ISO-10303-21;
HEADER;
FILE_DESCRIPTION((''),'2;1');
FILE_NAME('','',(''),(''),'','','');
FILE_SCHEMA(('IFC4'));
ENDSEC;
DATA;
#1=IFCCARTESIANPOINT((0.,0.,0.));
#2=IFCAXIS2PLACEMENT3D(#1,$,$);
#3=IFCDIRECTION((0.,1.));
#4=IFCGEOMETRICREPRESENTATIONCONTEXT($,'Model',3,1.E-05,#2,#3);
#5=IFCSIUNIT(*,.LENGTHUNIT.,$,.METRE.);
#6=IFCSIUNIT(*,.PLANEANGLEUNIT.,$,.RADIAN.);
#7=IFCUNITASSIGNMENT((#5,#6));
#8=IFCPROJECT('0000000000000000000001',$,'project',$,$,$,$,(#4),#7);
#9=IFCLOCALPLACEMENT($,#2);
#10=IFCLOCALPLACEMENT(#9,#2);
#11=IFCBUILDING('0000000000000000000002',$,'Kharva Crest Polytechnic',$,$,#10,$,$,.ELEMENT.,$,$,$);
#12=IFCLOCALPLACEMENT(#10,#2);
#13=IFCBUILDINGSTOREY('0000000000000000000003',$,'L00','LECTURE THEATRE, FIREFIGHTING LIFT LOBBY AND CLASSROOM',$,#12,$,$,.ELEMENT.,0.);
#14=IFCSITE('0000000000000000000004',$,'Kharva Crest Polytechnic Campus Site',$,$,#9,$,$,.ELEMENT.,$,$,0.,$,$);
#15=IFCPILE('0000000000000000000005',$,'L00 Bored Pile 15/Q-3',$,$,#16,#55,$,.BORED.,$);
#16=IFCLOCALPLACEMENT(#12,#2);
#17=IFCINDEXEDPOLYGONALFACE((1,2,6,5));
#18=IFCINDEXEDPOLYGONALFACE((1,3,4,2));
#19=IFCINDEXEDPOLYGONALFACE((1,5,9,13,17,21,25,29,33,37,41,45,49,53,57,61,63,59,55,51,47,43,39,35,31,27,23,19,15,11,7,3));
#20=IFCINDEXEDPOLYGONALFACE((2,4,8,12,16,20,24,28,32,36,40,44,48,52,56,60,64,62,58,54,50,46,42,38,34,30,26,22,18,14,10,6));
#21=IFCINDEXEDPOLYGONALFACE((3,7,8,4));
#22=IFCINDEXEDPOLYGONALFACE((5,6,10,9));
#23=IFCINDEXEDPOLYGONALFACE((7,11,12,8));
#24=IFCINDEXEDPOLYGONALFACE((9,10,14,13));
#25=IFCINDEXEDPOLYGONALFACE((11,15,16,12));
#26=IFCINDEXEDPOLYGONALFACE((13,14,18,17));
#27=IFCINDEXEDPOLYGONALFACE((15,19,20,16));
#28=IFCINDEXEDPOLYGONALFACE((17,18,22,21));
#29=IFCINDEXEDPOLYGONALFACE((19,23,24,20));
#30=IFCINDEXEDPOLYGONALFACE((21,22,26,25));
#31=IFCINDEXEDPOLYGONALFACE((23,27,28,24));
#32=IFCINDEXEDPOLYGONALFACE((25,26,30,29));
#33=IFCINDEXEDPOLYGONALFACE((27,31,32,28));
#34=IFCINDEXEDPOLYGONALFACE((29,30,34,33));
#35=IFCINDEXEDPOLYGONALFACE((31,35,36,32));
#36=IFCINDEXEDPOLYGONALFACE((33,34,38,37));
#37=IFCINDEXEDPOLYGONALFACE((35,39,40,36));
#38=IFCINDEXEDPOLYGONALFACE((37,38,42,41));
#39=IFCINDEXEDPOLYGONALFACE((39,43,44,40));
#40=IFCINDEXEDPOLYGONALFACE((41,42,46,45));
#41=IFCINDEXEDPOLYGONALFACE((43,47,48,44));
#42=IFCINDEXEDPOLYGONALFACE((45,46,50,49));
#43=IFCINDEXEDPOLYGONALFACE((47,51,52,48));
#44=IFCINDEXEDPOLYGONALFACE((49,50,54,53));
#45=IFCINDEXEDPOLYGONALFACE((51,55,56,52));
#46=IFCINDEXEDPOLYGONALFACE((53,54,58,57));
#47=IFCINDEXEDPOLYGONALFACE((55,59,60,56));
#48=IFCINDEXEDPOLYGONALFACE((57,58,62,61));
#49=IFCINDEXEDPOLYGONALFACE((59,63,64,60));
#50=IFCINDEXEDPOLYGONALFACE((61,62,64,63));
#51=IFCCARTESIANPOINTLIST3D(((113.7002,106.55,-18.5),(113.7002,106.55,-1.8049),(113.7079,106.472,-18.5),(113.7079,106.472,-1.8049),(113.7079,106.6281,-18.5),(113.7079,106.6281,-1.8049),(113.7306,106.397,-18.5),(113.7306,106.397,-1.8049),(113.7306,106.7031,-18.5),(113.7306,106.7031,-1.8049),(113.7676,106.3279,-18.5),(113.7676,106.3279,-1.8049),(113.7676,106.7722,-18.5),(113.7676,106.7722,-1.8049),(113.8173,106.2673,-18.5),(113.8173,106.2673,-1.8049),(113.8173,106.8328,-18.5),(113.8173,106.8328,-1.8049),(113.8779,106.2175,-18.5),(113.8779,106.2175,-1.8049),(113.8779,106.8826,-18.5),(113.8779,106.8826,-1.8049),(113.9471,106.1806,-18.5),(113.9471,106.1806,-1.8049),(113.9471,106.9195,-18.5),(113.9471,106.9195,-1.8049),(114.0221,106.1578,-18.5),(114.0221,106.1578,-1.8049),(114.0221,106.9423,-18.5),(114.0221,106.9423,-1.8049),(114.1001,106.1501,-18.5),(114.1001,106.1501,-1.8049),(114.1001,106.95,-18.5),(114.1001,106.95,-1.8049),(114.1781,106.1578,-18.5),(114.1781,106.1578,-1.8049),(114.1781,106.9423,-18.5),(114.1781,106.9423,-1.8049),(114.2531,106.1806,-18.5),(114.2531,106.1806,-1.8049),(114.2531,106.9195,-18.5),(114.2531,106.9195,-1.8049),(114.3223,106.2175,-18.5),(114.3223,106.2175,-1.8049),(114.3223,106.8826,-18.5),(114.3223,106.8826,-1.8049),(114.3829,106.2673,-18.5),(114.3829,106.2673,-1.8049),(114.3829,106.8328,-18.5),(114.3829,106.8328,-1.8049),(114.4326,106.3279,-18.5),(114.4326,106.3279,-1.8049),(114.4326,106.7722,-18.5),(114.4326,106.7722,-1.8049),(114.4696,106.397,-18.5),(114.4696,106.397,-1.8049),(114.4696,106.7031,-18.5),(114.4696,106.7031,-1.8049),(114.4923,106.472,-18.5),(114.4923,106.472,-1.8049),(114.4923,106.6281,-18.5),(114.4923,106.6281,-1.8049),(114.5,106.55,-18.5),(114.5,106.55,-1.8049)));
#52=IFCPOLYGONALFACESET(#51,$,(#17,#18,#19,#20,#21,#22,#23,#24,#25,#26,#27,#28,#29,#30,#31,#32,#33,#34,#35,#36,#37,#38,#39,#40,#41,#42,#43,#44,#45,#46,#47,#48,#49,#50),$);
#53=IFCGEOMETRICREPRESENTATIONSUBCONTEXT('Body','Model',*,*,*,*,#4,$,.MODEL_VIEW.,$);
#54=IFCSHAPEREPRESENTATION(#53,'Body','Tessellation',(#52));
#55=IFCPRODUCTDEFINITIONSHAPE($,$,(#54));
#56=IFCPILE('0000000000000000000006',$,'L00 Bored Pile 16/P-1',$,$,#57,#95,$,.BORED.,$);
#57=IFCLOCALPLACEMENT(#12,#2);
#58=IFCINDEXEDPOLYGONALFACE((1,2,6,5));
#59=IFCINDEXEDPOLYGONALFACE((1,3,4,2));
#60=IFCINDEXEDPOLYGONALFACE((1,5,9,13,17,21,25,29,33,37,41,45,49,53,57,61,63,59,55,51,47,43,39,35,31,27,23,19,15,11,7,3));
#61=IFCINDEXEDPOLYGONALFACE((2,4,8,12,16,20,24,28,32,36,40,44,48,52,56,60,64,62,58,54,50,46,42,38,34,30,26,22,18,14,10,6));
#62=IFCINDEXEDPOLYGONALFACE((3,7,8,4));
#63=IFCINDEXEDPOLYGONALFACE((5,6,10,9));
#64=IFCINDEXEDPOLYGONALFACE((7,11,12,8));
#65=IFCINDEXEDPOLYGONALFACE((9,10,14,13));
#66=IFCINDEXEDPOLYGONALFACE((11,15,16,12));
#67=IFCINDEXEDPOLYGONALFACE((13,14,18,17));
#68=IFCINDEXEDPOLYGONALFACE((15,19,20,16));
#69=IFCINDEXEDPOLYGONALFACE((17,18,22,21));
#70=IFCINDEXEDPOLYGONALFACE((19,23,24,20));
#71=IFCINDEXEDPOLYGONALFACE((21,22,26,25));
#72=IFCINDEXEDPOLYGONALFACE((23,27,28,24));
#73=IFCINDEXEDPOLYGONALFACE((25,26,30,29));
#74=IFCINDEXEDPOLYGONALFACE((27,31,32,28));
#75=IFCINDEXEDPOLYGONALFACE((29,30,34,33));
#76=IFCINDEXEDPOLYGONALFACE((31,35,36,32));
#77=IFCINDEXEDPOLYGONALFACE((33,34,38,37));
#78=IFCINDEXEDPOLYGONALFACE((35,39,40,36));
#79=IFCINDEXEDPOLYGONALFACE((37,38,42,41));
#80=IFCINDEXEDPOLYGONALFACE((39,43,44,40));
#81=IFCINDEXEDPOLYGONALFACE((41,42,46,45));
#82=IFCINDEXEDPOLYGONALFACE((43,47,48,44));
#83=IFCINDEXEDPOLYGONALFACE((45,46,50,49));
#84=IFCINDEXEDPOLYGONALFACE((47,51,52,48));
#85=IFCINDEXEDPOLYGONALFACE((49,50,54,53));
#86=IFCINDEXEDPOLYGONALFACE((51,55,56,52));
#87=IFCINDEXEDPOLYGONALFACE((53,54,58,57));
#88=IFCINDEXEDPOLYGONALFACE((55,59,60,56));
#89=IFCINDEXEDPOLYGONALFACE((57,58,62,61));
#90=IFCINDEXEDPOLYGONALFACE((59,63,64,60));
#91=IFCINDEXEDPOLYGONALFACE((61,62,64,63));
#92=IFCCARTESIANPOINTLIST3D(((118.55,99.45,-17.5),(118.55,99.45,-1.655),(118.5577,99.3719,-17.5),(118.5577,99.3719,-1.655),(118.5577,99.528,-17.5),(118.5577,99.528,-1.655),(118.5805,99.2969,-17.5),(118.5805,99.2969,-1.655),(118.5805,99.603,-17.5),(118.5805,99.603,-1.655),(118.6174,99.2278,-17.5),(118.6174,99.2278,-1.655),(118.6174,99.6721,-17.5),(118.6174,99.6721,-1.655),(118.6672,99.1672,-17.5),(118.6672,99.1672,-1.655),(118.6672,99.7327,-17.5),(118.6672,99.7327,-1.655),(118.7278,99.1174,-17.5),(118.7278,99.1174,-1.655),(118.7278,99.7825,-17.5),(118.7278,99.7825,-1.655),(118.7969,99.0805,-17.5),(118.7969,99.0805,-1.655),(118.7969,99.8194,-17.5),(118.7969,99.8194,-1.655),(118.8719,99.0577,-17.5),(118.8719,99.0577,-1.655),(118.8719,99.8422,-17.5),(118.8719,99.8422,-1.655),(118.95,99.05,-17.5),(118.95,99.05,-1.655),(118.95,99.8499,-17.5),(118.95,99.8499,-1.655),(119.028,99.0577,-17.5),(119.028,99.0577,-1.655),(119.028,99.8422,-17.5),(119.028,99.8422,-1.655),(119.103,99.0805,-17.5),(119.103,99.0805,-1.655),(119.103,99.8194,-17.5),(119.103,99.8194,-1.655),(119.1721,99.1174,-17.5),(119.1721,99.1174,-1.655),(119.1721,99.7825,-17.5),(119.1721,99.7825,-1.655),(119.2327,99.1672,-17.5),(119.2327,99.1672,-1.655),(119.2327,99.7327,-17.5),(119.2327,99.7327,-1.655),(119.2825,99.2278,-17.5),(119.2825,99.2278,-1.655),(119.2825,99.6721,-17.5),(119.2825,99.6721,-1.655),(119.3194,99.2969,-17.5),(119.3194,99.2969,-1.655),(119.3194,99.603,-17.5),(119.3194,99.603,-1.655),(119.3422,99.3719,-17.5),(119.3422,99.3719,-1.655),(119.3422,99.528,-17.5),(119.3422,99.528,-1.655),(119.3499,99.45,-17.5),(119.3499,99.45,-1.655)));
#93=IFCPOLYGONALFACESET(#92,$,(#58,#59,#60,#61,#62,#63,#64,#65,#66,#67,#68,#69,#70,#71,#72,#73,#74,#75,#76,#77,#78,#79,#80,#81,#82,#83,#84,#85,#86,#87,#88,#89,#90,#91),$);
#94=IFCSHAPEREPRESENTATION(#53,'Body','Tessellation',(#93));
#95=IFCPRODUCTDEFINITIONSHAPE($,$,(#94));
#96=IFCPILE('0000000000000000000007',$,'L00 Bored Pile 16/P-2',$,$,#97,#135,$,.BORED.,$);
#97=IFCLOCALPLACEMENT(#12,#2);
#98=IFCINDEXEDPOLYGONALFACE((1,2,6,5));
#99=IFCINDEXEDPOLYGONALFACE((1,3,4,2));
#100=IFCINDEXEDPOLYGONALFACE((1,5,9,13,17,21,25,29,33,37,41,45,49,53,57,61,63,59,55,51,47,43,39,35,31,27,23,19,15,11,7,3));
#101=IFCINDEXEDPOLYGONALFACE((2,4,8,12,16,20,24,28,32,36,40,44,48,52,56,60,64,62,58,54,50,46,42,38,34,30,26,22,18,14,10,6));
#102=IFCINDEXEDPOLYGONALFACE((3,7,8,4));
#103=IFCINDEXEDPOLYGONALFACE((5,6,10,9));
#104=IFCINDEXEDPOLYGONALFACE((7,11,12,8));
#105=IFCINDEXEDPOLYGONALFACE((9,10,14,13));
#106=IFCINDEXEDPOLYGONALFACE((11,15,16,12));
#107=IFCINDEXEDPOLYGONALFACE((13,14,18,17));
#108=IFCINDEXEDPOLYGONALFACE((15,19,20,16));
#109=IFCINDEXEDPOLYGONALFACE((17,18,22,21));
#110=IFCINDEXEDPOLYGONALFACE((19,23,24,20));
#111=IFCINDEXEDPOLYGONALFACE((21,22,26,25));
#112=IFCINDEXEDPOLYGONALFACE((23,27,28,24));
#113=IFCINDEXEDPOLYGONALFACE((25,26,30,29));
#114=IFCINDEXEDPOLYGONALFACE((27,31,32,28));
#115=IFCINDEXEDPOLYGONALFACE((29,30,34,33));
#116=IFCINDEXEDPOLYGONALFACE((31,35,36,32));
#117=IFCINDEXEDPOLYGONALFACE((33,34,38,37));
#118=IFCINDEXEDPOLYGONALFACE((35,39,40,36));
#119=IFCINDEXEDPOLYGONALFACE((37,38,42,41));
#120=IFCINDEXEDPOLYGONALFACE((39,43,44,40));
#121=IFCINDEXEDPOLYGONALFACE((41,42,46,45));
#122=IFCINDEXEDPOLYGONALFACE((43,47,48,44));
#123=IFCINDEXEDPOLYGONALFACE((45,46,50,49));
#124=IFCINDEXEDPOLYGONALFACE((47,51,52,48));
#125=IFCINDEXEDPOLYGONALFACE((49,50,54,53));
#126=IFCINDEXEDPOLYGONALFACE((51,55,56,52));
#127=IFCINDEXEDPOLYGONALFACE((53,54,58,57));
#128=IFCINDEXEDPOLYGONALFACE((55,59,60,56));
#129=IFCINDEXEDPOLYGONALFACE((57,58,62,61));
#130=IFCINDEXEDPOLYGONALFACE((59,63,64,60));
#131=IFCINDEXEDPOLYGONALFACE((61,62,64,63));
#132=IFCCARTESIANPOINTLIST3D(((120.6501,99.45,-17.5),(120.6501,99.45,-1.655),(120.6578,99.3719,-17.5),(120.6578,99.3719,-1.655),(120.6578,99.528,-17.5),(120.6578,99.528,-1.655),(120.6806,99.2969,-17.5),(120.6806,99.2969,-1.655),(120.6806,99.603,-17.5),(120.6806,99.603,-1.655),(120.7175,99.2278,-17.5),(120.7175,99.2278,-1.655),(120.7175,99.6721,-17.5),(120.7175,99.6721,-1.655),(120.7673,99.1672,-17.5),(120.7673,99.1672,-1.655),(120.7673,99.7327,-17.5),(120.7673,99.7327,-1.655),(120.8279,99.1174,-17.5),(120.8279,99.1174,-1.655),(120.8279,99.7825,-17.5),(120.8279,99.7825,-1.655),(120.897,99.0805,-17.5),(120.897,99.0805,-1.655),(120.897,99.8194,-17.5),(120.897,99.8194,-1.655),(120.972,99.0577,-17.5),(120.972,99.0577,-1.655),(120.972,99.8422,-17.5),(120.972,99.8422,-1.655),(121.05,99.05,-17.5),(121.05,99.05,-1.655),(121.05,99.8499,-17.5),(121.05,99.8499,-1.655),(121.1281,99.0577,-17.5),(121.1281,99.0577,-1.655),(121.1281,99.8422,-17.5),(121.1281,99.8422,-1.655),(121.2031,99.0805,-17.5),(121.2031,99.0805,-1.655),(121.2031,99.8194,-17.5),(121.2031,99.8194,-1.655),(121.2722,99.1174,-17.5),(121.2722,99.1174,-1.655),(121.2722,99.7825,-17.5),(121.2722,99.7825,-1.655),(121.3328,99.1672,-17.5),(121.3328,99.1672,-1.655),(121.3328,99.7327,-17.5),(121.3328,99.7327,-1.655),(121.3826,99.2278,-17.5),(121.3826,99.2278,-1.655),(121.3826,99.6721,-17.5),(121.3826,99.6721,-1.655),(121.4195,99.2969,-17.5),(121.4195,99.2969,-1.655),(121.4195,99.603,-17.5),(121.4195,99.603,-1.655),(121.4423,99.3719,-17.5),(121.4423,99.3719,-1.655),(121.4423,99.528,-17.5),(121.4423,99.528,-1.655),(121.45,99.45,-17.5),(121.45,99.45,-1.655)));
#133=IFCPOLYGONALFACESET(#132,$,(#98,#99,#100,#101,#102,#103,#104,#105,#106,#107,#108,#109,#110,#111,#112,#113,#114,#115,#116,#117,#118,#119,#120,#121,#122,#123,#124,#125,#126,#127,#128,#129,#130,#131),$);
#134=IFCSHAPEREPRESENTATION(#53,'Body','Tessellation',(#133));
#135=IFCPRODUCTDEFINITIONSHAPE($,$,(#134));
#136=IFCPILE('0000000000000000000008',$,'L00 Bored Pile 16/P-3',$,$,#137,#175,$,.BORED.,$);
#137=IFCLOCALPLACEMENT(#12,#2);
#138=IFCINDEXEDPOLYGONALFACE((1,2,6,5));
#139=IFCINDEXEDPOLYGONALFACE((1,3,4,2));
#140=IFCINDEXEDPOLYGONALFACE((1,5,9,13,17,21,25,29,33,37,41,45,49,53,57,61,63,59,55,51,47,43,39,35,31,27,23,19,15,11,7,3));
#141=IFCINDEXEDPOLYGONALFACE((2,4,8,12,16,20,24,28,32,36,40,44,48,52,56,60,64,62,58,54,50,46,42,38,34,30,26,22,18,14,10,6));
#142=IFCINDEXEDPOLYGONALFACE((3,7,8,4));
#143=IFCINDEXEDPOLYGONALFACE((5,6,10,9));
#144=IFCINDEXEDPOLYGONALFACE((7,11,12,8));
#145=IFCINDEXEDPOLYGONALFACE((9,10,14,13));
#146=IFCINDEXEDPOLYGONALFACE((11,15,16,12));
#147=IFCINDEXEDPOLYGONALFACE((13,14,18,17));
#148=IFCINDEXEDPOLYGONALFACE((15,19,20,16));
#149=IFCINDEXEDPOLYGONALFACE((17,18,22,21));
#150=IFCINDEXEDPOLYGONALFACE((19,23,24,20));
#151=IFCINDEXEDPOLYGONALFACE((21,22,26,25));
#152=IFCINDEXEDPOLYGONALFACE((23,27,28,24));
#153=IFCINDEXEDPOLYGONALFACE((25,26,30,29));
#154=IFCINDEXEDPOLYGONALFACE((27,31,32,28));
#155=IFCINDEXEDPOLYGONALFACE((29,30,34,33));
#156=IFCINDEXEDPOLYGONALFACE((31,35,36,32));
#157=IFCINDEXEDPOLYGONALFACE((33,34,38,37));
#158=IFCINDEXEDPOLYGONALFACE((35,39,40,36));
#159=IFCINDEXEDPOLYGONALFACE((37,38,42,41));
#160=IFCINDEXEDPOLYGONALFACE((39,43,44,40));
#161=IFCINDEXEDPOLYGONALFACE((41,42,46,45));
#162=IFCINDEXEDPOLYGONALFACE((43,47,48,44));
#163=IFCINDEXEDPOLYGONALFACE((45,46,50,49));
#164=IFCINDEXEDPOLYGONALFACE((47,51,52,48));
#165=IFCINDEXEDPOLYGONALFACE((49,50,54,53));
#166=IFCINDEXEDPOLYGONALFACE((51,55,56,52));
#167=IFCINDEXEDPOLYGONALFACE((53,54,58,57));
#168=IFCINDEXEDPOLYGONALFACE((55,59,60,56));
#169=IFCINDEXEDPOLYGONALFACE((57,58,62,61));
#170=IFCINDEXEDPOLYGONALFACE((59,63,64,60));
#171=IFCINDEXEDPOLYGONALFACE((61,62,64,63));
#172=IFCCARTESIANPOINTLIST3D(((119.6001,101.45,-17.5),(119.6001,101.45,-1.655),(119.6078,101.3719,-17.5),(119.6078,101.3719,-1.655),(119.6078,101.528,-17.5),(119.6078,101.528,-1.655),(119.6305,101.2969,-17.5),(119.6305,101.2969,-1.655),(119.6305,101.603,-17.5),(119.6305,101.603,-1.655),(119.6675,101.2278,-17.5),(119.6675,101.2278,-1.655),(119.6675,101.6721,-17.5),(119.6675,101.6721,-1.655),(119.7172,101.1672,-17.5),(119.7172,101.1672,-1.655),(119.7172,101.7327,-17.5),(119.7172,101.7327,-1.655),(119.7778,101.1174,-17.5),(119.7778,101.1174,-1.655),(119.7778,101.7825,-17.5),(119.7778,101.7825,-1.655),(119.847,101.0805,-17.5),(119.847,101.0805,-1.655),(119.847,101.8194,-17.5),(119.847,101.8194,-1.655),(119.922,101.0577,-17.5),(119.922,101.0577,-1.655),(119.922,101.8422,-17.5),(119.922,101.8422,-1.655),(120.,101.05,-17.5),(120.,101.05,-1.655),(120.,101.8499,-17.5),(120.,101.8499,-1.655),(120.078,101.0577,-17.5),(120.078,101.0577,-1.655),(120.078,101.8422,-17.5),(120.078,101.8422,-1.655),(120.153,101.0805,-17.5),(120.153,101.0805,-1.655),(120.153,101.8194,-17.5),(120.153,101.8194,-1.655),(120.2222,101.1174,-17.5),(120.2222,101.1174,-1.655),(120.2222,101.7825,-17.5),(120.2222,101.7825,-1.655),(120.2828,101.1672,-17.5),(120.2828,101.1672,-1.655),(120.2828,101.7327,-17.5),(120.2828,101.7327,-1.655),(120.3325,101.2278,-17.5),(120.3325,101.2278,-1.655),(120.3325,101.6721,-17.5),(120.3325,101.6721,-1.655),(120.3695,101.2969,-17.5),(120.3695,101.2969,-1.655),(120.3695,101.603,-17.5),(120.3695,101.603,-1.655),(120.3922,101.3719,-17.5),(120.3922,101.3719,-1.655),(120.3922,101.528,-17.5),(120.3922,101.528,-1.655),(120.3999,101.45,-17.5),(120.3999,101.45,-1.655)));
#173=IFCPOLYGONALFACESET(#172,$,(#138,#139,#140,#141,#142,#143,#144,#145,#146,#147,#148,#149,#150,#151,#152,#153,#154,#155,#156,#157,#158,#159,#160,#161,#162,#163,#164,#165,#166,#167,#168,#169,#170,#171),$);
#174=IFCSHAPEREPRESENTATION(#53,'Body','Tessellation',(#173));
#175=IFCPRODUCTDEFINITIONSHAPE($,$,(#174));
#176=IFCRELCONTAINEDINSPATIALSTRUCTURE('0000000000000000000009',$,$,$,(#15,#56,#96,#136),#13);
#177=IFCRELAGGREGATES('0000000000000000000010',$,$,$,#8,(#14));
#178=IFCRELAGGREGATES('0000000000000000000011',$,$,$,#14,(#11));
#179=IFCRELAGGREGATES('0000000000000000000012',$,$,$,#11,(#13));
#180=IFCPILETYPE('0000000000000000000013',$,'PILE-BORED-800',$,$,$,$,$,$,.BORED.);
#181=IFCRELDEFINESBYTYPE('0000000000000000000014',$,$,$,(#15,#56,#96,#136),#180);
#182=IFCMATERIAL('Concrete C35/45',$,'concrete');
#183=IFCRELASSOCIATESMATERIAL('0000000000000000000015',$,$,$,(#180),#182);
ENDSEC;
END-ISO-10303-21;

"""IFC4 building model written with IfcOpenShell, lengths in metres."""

from ifc_helpers import new_model, si_unit, direction, frame, origin, origin_2d, place, context, subcontext, project, spatial, circle, extrude, material, material_profile, profile_set, type_object, element, save


model = new_model("IFC4")

# Units and contexts
model_context = context("Model", 3, precision=1e-05, world=origin(), true_north=direction((0.0, 1.0)))
body_context = subcontext(model_context, "Body", "Model", "MODEL_VIEW")
ifc_project = project(units=[si_unit("LENGTHUNIT", "METRE"), si_unit("PLANEANGLEUNIT", "RADIAN")], contexts=[model_context])

# Site, building, storey
site_placement = place(None, origin())
site = spatial("IfcSite", under=ifc_project, at=site_placement, Name="Kharva Crest Polytechnic Campus Site", CompositionType="ELEMENT", RefElevation=0.0)
building_placement = place(site_placement, origin())
building = spatial("IfcBuilding", under=site, at=building_placement, Name="Kharva Crest Polytechnic", CompositionType="ELEMENT")
storey_placement = place(building_placement, origin())
storey = spatial("IfcBuildingStorey", under=building, at=storey_placement, Name="L00", Description="LECTURE THEATRE, FIREFIGHTING LIFT LOBBY AND CLASSROOM", CompositionType="ELEMENT", Elevation=0.0)

# Shared definitions
ifc_material_1 = material(Name="Concrete C35/45", Category="concrete")

# Piles
ifc_material_profile_1 = material_profile(ifc_material_1, circle(Radius=0.3999, at=origin_2d()), Name="DIA 800")
ifc_profile_set_1 = profile_set([ifc_material_profile_1], Name="Concrete C35/45")
pile_type = type_object("IfcPileType", Name="PILE-BORED-800", PredefinedType="BORED", material=ifc_profile_set_1)
for number, where, z_axis, x_axis, name in (
    (1, (114.1001, 106.55, -1.8049), (0.0, 0.0, -1.0), (1.0, 0.0, 0.0), "L00 Bored Pile 15/Q-3"),
):
    element("IfcPile", number, at=place(storey_placement, frame(where, z_axis=z_axis, x_axis=x_axis)), inside=storey, type_object=pile_type, Name=name, PredefinedType="BORED", context=body_context, shape_type="SweptSolid", body=[
        extrude(circle(Radius=0.3999, at=origin_2d()), origin(), (0.0, 0.0, 1.0), 16.6951),
    ])
for number, where, z_axis, x_axis, name in (
    (2, (118.95, 99.45, -1.655), (0.0, 0.0, -1.0), (1.0, 0.0, 0.0), "L00 Bored Pile 16/P-1"),
    (3, (121.05, 99.45, -1.655), (0.0, 0.0, -1.0), (1.0, 0.0, 0.0), "L00 Bored Pile 16/P-2"),
    (4, (120.0, 101.45, -1.655), (0.0, 0.0, -1.0), (1.0, 0.0, 0.0), "L00 Bored Pile 16/P-3"),
):
    element("IfcPile", number, at=place(storey_placement, frame(where, z_axis=z_axis, x_axis=x_axis)), inside=storey, type_object=pile_type, Name=name, PredefinedType="BORED", context=body_context, shape_type="SweptSolid", body=[
        extrude(circle(Radius=0.3999, at=origin_2d()), origin(), (0.0, 0.0, 1.0), 15.845),
    ])

save(model, "model.ifc")
